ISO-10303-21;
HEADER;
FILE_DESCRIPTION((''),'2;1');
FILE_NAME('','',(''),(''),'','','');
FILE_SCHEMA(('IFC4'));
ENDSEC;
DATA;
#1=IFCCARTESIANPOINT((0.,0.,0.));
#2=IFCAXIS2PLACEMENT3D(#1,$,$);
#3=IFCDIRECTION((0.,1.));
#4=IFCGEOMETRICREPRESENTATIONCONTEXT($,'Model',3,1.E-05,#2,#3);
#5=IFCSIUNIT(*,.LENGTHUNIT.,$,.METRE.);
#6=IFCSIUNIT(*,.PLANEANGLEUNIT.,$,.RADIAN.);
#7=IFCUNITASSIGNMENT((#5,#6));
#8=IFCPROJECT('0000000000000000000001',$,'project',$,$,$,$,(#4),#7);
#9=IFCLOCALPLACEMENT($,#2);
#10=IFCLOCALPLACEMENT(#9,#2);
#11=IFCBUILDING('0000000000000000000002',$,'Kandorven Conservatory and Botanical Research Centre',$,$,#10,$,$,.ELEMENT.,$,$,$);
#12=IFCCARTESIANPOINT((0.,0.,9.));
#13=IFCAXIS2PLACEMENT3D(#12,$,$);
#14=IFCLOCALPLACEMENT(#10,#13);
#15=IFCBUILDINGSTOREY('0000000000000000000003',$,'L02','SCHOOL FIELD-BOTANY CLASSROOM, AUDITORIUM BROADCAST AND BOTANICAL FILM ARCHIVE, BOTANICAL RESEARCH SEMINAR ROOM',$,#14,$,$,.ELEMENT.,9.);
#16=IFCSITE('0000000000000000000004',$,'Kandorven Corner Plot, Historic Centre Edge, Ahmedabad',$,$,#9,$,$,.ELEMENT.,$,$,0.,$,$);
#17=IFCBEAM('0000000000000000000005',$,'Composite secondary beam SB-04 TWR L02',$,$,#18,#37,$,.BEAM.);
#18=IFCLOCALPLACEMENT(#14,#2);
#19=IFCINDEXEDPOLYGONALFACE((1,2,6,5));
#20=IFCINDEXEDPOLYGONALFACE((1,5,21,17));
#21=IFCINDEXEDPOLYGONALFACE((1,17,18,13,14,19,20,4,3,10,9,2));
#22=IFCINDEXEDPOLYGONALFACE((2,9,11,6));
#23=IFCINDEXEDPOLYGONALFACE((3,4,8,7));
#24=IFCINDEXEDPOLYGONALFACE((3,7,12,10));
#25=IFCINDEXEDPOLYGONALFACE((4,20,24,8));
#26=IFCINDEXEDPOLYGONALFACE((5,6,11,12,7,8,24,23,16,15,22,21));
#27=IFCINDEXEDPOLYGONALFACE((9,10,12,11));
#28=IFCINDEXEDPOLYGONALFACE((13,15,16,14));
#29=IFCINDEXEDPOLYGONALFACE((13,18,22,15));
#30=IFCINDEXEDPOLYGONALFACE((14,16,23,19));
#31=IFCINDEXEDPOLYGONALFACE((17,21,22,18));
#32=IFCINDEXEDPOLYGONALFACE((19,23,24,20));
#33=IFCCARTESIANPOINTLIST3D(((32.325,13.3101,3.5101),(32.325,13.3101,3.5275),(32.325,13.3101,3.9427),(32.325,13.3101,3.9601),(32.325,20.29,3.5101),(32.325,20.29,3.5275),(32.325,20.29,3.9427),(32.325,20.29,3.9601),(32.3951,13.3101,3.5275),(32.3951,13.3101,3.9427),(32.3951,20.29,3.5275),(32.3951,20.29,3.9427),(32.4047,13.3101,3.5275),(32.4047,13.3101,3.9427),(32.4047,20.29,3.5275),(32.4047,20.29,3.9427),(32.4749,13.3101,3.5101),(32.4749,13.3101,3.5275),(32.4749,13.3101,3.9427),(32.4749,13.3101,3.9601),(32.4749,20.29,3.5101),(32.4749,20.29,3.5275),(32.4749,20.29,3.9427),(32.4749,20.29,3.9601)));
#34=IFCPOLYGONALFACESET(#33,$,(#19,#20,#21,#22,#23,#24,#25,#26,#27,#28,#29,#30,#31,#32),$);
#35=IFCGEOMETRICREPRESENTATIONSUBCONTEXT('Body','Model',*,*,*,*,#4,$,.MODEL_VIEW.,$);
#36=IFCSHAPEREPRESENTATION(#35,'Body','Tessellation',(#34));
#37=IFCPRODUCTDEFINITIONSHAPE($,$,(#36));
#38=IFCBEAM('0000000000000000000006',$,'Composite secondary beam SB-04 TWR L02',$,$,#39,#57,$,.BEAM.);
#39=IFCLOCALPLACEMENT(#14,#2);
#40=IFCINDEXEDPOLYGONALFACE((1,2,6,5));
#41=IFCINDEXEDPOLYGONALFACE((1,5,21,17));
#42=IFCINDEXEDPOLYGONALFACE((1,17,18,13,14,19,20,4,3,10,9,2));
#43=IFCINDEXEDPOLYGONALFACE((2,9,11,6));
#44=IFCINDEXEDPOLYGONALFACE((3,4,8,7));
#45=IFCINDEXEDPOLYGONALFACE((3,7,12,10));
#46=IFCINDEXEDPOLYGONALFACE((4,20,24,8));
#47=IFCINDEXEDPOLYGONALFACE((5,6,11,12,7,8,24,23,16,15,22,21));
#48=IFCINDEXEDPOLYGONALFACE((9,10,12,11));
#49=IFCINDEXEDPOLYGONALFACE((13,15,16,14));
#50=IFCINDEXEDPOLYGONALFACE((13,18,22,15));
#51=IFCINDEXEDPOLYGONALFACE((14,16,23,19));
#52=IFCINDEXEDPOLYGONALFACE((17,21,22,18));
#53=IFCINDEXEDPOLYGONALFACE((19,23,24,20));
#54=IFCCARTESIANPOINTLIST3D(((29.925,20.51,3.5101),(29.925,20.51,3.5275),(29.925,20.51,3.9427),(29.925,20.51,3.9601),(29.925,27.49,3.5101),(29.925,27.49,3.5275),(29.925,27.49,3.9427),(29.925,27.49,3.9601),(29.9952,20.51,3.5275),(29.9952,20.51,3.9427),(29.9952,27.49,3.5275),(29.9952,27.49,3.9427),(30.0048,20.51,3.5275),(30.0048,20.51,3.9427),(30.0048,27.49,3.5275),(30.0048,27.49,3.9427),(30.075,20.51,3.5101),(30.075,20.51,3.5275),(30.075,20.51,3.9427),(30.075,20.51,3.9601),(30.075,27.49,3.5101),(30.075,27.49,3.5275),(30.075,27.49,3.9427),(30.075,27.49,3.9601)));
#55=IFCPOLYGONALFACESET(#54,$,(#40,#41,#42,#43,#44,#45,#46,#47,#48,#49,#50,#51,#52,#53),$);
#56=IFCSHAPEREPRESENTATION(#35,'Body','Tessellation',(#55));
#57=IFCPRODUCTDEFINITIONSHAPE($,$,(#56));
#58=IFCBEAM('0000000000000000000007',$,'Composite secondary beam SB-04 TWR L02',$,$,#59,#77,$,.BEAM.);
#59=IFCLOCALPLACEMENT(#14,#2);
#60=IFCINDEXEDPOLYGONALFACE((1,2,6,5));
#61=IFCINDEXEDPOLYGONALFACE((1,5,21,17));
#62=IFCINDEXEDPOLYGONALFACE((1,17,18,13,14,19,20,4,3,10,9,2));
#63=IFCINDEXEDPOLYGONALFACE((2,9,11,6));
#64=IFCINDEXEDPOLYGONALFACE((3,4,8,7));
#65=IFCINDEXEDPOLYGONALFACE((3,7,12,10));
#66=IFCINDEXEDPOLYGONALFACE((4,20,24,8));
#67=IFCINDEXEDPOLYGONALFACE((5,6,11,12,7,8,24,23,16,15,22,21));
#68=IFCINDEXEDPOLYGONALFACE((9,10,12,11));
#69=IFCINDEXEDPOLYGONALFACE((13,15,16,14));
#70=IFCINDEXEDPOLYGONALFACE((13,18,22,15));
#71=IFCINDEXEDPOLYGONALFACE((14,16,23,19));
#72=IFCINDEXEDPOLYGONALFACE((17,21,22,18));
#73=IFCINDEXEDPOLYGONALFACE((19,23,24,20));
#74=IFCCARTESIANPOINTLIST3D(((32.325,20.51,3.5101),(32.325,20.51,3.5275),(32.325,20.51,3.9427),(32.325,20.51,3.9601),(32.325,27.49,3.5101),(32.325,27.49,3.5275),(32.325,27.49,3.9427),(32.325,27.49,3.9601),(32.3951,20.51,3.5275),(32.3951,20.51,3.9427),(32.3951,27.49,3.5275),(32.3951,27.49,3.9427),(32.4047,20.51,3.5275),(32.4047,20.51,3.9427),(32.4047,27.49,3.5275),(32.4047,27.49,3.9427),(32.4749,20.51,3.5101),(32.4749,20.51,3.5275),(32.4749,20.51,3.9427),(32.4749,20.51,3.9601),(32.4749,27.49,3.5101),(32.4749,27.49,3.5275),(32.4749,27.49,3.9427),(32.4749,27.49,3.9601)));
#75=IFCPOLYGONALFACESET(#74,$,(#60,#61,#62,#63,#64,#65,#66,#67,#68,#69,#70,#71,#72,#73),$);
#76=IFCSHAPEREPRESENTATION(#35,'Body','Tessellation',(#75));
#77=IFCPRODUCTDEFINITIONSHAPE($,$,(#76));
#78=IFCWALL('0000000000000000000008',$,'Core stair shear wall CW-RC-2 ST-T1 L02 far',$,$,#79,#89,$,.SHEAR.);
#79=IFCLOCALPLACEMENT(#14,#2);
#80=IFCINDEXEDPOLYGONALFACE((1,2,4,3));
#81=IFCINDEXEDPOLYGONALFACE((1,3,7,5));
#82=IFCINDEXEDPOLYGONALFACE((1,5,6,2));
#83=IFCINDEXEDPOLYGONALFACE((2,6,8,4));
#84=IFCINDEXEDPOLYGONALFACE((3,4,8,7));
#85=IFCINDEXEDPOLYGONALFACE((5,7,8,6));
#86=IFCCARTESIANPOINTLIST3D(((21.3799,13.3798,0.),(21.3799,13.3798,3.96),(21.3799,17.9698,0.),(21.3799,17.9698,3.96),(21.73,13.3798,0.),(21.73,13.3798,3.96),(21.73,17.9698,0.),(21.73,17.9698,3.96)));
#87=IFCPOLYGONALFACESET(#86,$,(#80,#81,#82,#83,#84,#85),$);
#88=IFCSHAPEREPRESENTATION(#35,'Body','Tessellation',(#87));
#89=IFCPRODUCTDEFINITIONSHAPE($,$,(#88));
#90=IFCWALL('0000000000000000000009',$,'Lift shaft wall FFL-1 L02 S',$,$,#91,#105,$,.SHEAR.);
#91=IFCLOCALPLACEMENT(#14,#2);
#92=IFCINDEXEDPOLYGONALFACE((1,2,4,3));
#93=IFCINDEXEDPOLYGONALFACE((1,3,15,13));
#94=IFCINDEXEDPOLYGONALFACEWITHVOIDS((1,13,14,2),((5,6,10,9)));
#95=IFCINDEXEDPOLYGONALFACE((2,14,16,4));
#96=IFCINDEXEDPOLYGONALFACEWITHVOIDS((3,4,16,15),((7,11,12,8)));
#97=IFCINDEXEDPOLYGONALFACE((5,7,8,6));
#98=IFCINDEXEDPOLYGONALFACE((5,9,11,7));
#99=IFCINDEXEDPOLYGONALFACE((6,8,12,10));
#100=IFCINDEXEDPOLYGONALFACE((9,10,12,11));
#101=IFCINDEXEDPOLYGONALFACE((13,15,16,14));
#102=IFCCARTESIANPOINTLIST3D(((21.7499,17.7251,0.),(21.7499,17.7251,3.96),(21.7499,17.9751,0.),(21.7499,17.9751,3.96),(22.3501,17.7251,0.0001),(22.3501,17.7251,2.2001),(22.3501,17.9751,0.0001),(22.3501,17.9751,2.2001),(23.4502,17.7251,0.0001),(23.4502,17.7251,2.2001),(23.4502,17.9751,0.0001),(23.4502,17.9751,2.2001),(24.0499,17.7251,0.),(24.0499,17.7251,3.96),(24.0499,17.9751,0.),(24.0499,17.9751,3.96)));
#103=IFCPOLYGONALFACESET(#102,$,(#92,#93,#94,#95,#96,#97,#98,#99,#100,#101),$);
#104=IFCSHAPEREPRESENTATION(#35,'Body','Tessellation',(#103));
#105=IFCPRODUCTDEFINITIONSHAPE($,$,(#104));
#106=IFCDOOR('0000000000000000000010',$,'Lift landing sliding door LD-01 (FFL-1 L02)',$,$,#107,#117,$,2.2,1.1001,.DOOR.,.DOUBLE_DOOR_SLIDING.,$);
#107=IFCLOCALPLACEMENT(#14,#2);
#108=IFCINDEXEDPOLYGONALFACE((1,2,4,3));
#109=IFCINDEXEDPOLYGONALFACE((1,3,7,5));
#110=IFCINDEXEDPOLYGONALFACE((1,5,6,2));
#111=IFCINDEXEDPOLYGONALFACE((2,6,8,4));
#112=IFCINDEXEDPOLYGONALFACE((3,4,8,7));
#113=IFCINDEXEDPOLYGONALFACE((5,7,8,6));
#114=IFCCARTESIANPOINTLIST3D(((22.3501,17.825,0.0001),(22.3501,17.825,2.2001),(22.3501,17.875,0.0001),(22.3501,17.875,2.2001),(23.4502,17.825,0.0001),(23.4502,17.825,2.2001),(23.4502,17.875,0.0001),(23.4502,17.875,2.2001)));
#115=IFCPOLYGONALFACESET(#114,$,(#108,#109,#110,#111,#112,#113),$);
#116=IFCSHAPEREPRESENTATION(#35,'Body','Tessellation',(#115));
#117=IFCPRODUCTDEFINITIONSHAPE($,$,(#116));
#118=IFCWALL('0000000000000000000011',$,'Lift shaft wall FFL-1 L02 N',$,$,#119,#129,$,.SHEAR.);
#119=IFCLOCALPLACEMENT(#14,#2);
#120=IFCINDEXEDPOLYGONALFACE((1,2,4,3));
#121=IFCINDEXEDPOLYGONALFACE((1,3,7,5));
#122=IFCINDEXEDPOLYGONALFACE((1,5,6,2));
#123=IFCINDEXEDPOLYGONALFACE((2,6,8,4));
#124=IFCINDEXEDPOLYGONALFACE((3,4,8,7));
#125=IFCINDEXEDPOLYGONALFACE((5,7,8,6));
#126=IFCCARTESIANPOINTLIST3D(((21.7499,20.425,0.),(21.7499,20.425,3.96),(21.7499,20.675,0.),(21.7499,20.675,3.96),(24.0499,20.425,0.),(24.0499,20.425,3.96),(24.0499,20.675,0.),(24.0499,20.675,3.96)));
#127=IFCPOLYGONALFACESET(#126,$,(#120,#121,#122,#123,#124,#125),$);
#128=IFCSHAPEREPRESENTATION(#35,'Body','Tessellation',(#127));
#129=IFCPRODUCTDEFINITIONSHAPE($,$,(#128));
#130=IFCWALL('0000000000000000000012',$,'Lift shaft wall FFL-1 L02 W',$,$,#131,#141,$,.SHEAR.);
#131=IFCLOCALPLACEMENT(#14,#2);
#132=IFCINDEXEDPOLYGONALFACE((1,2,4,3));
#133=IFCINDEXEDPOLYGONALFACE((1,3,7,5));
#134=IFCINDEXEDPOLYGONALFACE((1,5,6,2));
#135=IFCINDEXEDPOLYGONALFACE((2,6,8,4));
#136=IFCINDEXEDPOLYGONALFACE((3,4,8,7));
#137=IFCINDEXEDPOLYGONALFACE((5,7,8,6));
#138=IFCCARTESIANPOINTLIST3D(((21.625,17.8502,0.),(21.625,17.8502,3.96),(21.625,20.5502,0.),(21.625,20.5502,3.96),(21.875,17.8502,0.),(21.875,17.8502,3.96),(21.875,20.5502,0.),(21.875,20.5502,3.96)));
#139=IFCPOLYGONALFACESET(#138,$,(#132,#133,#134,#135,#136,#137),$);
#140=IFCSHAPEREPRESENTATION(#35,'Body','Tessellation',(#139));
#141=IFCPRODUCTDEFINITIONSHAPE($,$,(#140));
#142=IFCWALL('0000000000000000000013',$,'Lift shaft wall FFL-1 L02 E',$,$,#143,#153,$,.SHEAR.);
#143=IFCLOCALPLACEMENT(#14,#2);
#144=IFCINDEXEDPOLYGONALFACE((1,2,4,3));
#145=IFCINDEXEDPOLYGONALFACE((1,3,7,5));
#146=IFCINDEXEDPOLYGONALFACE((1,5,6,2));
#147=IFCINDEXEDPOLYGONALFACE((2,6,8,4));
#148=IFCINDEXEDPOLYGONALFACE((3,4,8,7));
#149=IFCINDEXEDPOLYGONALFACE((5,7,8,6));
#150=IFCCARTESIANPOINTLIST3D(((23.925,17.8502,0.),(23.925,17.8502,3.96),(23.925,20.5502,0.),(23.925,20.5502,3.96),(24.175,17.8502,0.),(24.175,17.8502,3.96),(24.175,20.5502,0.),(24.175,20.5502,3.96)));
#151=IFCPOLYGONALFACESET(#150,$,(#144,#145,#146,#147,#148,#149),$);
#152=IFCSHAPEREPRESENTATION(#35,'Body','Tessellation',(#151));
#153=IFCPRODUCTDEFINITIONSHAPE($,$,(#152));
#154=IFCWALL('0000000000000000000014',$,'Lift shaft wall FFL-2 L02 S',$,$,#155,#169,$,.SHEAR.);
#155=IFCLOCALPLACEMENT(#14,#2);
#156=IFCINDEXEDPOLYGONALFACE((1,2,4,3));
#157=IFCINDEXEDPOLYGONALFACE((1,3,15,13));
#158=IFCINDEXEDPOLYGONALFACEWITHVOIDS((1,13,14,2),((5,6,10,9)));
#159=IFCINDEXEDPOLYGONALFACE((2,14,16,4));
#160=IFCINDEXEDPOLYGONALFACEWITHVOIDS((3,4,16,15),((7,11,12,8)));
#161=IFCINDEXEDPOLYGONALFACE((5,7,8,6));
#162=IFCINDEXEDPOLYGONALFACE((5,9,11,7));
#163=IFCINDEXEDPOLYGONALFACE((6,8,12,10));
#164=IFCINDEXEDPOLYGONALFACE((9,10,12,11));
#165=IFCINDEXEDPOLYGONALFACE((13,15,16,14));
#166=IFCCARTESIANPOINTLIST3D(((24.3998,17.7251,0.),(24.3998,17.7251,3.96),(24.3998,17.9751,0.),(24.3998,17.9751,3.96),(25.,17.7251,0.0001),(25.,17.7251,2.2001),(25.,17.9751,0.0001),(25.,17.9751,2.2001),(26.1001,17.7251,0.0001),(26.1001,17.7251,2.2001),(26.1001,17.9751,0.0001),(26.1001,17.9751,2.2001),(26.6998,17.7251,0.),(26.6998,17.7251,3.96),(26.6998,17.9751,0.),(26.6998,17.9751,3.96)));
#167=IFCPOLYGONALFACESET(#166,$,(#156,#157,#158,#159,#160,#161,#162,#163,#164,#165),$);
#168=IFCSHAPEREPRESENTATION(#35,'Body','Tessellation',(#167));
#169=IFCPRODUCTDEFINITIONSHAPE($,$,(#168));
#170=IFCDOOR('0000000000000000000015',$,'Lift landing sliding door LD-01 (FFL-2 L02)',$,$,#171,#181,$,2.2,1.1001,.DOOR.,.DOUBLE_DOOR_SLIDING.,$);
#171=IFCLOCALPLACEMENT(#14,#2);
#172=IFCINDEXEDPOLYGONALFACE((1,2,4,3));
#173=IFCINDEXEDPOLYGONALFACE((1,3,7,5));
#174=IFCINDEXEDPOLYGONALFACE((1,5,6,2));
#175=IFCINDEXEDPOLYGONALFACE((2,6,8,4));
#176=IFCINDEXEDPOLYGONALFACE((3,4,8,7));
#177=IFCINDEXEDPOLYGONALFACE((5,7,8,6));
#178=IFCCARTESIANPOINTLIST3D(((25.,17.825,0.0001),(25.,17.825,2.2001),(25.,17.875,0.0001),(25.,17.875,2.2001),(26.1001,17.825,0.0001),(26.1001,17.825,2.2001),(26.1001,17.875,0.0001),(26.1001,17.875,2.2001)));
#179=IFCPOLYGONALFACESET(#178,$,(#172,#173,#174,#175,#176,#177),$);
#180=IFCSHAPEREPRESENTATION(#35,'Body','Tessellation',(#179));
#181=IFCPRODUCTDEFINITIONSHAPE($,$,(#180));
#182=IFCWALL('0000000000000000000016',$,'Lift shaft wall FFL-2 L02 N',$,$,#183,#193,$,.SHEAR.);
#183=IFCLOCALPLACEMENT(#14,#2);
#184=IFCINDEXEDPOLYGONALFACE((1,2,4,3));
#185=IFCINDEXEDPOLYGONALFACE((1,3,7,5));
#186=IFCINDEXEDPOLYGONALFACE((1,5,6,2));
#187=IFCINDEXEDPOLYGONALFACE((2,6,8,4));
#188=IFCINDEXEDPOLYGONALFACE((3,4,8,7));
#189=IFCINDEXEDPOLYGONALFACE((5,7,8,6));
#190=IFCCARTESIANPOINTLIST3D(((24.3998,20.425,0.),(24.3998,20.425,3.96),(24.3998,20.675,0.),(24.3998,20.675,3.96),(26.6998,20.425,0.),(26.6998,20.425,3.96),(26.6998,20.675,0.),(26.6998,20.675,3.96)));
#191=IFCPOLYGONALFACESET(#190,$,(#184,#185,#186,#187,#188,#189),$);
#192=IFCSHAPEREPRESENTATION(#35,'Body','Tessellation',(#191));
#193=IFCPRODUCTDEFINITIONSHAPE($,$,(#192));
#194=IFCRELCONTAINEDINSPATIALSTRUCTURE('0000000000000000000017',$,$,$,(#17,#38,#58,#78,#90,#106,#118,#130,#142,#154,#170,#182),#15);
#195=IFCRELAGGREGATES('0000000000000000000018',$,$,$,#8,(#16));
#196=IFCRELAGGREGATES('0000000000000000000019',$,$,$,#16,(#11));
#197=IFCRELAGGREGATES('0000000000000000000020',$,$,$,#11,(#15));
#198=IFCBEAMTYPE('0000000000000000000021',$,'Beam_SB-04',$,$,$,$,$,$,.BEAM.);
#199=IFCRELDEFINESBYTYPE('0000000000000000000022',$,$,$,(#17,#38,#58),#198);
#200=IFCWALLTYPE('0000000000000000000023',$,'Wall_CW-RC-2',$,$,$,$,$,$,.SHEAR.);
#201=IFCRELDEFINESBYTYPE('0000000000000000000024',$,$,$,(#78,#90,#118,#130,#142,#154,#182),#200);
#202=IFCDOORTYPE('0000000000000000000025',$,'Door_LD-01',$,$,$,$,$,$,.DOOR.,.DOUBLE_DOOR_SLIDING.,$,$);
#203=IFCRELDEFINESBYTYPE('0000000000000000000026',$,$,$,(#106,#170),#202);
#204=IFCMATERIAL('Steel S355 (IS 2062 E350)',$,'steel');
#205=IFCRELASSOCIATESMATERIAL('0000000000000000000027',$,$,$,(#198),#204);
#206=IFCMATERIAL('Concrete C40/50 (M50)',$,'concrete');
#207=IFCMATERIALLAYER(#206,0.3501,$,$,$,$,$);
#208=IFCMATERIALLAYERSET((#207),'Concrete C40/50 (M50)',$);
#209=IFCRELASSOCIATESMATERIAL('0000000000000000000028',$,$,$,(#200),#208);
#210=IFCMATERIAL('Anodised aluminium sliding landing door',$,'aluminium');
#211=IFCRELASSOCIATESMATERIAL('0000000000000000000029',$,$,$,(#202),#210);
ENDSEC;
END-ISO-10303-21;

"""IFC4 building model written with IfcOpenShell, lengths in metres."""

from ifc_helpers import new_model, si_unit, direction, frame, frame_2d, origin, origin_2d, place, context, subcontext, project, spatial, rectangle, i_section, extrude, material, layer, layer_set, material_profile, profile_set, type_object, element, fill, save


model = new_model("IFC4")

# Units and contexts
model_context = context("Model", 3, precision=1e-05, world=origin(), true_north=direction((0.0, 1.0)))
body_context = subcontext(model_context, "Body", "Model", "MODEL_VIEW")
ifc_project = project(units=[si_unit("LENGTHUNIT", "METRE"), si_unit("PLANEANGLEUNIT", "RADIAN")], contexts=[model_context])

# Site, building, storey
site_placement = place(None, origin())
site = spatial("IfcSite", under=ifc_project, at=site_placement, Name="Kandorven Corner Plot, Historic Centre Edge, Ahmedabad", CompositionType="ELEMENT", RefElevation=0.0)
building_placement = place(site_placement, origin())
building = spatial("IfcBuilding", under=site, at=building_placement, Name="Kandorven Conservatory and Botanical Research Centre", CompositionType="ELEMENT")
storey_placement = place(building_placement, frame((0.0, 0.0, 9.0)))
storey = spatial("IfcBuildingStorey", under=building, at=storey_placement, Name="L02", Description="SCHOOL FIELD-BOTANY CLASSROOM, AUDITORIUM BROADCAST AND BOTANICAL FILM ARCHIVE, BOTANICAL RESEARCH SEMINAR ROOM", CompositionType="ELEMENT", Elevation=9.0)

# Beams
ifc_material_1 = material(Name="Steel S355 (IS 2062 E350)", Category="steel")
ifc_material_profile_1 = material_profile(ifc_material_1, i_section(OverallWidth=0.1499, OverallDepth=0.45, WebThickness=0.0095, FlangeThickness=0.0173, at=origin_2d()))
ifc_profile_set_1 = profile_set([ifc_material_profile_1], Name="Steel S355 (IS 2062 E350)")
beam_type_1 = type_object("IfcBeamType", Name="Beam_SB-04", PredefinedType="BEAM", material=ifc_profile_set_1)
for number, where, z_axis, x_axis, name in (
    (1, (32.3999, 13.3101, 3.7351), (0.0, 1.0, 0.0), (-1.0, 0.0, 0.0), "Composite secondary beam SB-04 TWR L02"),
    (2, (30.0, 20.51, 3.7351), (0.0, 1.0, 0.0), (-1.0, 0.0, 0.0), "Composite secondary beam SB-04 TWR L02"),
    (3, (32.3999, 20.51, 3.7351), (0.0, 1.0, 0.0), (-1.0, 0.0, 0.0), "Composite secondary beam SB-04 TWR L02"),
):
    element("IfcBeam", number, at=place(storey_placement, frame(where, z_axis=z_axis, x_axis=x_axis)), inside=storey, type_object=beam_type_1, Name=name, PredefinedType="BEAM", context=body_context, shape_type="SweptSolid", body=[
        extrude(i_section(OverallWidth=0.1499, OverallDepth=0.45, WebThickness=0.0095, FlangeThickness=0.0173, at=origin_2d()), origin(), (0.0, 0.0, 1.0), 6.98),
    ])

# Wall
ifc_material_2 = material(Name="Concrete C40/50 (M50)", Category="concrete")
ifc_layer_1 = layer(ifc_material_2, 0.3501)
ifc_layer_set_1 = layer_set([ifc_layer_1], Name="Concrete C40/50 (M50)")
wall_type_1 = type_object("IfcWallType", Name="Wall_CW-RC-2", PredefinedType="SHEAR", material=ifc_layer_set_1)
wall_1_placement = place(storey_placement, frame((21.5549, 13.3799, 0.0), z_axis=(0.0, 0.0, 1.0), x_axis=(0.0, 1.0, 0.0)))
element("IfcWall", 4, at=wall_1_placement, inside=storey, type_object=wall_type_1, Name="Core stair shear wall CW-RC-2 ST-T1 L02 far", PredefinedType="SHEAR", context=body_context, shape_type="SweptSolid", body=[
    extrude(rectangle(XDim=4.5901, YDim=0.3501, at=frame_2d((2.2949, 0.0))), origin(), (0.0, 0.0, 1.0), 3.96),
])

# Wall, opening, door
wall_2_placement = place(storey_placement, frame((21.75, 17.8501, 0.0), z_axis=(0.0, 0.0, 1.0), x_axis=(1.0, 0.0, 0.0)))
wall_2 = element("IfcWall", 5, at=wall_2_placement, inside=storey, type_object=wall_type_1, Name="Lift shaft wall FFL-1 L02 S", PredefinedType="SHEAR", context=body_context, shape_type="SweptSolid", body=[
    extrude(rectangle(XDim=2.3, YDim=0.25, at=frame_2d((1.1499, 0.0))), origin(), (0.0, 0.0, 1.0), 3.96),
])
opening_1_placement = place(wall_2_placement, frame((0.6001, 0.0, 0.0)))
opening_1 = element("IfcOpeningElement", 6, at=opening_1_placement, cuts=wall_2, PredefinedType="OPENING", context=body_context, shape_type="SweptSolid", body=[
    extrude(rectangle(XDim=1.1001, YDim=2.2, at=frame_2d((0.55, 1.1001))), frame((0.0, 0.135, 0.0), z_axis=(0.0, -1.0, 0.0), x_axis=(1.0, 0.0, 0.0)), (0.0, 0.0, 1.0), 0.27),
])
ifc_material_3 = material(Name="Anodised aluminium sliding landing door", Category="aluminium")
door_type_1 = type_object("IfcDoorType", Name="Door_LD-01", OperationType="DOUBLE_DOOR_SLIDING", PredefinedType="DOOR", material=ifc_material_3)
door_1_placement = place(opening_1_placement, origin())
door_1 = element("IfcDoor", 7, at=door_1_placement, inside=storey, type_object=door_type_1, Name="Lift landing sliding door LD-01 (FFL-1 L02)", OperationType="DOUBLE_DOOR_SLIDING", OverallHeight=2.2, OverallWidth=1.1001, PredefinedType="DOOR", context=body_context, shape_type="SweptSolid", body=[
    extrude(rectangle(XDim=1.1001, YDim=2.2, at=frame_2d((0.55, 1.1001))), frame((0.0, 0.0249, 0.0), z_axis=(0.0, -1.0, 0.0), x_axis=(1.0, 0.0, 0.0)), (0.0, 0.0, 1.0), 0.05),
])
fill(opening_1, door_1)

# Walls
wall_3_placement = place(storey_placement, frame((21.75, 20.55, 0.0), z_axis=(0.0, 0.0, 1.0), x_axis=(1.0, 0.0, 0.0)))
element("IfcWall", 8, at=wall_3_placement, inside=storey, type_object=wall_type_1, Name="Lift shaft wall FFL-1 L02 N", PredefinedType="SHEAR", context=body_context, shape_type="SweptSolid", body=[
    extrude(rectangle(XDim=2.3, YDim=0.25, at=frame_2d((1.1499, 0.0))), origin(), (0.0, 0.0, 1.0), 3.96),
])
for number, where, z_axis, x_axis, name in (
    (9, (21.75, 17.8501, 0.0), (0.0, 0.0, 1.0), (0.0, 1.0, 0.0), "Lift shaft wall FFL-1 L02 W"),
    (10, (24.05, 17.8501, 0.0), (0.0, 0.0, 1.0), (0.0, 1.0, 0.0), "Lift shaft wall FFL-1 L02 E"),
):
    element("IfcWall", number, at=place(storey_placement, frame(where, z_axis=z_axis, x_axis=x_axis)), inside=storey, type_object=wall_type_1, Name=name, PredefinedType="SHEAR", context=body_context, shape_type="SweptSolid", body=[
        extrude(rectangle(XDim=2.7, YDim=0.25, at=frame_2d((1.3501, 0.0))), origin(), (0.0, 0.0, 1.0), 3.96),
    ])

# Wall, opening, door
wall_4_placement = place(storey_placement, frame((24.3999, 17.8501, 0.0), z_axis=(0.0, 0.0, 1.0), x_axis=(1.0, 0.0, 0.0)))
wall_4 = element("IfcWall", 11, at=wall_4_placement, inside=storey, type_object=wall_type_1, Name="Lift shaft wall FFL-2 L02 S", PredefinedType="SHEAR", context=body_context, shape_type="SweptSolid", body=[
    extrude(rectangle(XDim=2.3, YDim=0.25, at=frame_2d((1.1499, 0.0))), origin(), (0.0, 0.0, 1.0), 3.96),
])
opening_2_placement = place(wall_4_placement, frame((0.6001, 0.0, 0.0)))
opening_2 = element("IfcOpeningElement", 12, at=opening_2_placement, cuts=wall_4, PredefinedType="OPENING", context=body_context, shape_type="SweptSolid", body=[
    extrude(rectangle(XDim=1.1001, YDim=2.2, at=frame_2d((0.55, 1.1001))), frame((0.0, 0.135, 0.0), z_axis=(0.0, -1.0, 0.0), x_axis=(1.0, 0.0, 0.0)), (0.0, 0.0, 1.0), 0.27),
])
door_2_placement = place(opening_2_placement, origin())
door_2 = element("IfcDoor", 13, at=door_2_placement, inside=storey, type_object=door_type_1, Name="Lift landing sliding door LD-01 (FFL-2 L02)", OperationType="DOUBLE_DOOR_SLIDING", OverallHeight=2.2, OverallWidth=1.1001, PredefinedType="DOOR", context=body_context, shape_type="SweptSolid", body=[
    extrude(rectangle(XDim=1.1001, YDim=2.2, at=frame_2d((0.55, 1.1001))), frame((0.0, 0.0249, 0.0), z_axis=(0.0, -1.0, 0.0), x_axis=(1.0, 0.0, 0.0)), (0.0, 0.0, 1.0), 0.05),
])
fill(opening_2, door_2)

# Wall
wall_5_placement = place(storey_placement, frame((24.3999, 20.55, 0.0), z_axis=(0.0, 0.0, 1.0), x_axis=(1.0, 0.0, 0.0)))
element("IfcWall", 14, at=wall_5_placement, inside=storey, type_object=wall_type_1, Name="Lift shaft wall FFL-2 L02 N", PredefinedType="SHEAR", context=body_context, shape_type="SweptSolid", body=[
    extrude(rectangle(XDim=2.3, YDim=0.25, at=frame_2d((1.1499, 0.0))), origin(), (0.0, 0.0, 1.0), 3.96),
])

save(model, "model.ifc")
